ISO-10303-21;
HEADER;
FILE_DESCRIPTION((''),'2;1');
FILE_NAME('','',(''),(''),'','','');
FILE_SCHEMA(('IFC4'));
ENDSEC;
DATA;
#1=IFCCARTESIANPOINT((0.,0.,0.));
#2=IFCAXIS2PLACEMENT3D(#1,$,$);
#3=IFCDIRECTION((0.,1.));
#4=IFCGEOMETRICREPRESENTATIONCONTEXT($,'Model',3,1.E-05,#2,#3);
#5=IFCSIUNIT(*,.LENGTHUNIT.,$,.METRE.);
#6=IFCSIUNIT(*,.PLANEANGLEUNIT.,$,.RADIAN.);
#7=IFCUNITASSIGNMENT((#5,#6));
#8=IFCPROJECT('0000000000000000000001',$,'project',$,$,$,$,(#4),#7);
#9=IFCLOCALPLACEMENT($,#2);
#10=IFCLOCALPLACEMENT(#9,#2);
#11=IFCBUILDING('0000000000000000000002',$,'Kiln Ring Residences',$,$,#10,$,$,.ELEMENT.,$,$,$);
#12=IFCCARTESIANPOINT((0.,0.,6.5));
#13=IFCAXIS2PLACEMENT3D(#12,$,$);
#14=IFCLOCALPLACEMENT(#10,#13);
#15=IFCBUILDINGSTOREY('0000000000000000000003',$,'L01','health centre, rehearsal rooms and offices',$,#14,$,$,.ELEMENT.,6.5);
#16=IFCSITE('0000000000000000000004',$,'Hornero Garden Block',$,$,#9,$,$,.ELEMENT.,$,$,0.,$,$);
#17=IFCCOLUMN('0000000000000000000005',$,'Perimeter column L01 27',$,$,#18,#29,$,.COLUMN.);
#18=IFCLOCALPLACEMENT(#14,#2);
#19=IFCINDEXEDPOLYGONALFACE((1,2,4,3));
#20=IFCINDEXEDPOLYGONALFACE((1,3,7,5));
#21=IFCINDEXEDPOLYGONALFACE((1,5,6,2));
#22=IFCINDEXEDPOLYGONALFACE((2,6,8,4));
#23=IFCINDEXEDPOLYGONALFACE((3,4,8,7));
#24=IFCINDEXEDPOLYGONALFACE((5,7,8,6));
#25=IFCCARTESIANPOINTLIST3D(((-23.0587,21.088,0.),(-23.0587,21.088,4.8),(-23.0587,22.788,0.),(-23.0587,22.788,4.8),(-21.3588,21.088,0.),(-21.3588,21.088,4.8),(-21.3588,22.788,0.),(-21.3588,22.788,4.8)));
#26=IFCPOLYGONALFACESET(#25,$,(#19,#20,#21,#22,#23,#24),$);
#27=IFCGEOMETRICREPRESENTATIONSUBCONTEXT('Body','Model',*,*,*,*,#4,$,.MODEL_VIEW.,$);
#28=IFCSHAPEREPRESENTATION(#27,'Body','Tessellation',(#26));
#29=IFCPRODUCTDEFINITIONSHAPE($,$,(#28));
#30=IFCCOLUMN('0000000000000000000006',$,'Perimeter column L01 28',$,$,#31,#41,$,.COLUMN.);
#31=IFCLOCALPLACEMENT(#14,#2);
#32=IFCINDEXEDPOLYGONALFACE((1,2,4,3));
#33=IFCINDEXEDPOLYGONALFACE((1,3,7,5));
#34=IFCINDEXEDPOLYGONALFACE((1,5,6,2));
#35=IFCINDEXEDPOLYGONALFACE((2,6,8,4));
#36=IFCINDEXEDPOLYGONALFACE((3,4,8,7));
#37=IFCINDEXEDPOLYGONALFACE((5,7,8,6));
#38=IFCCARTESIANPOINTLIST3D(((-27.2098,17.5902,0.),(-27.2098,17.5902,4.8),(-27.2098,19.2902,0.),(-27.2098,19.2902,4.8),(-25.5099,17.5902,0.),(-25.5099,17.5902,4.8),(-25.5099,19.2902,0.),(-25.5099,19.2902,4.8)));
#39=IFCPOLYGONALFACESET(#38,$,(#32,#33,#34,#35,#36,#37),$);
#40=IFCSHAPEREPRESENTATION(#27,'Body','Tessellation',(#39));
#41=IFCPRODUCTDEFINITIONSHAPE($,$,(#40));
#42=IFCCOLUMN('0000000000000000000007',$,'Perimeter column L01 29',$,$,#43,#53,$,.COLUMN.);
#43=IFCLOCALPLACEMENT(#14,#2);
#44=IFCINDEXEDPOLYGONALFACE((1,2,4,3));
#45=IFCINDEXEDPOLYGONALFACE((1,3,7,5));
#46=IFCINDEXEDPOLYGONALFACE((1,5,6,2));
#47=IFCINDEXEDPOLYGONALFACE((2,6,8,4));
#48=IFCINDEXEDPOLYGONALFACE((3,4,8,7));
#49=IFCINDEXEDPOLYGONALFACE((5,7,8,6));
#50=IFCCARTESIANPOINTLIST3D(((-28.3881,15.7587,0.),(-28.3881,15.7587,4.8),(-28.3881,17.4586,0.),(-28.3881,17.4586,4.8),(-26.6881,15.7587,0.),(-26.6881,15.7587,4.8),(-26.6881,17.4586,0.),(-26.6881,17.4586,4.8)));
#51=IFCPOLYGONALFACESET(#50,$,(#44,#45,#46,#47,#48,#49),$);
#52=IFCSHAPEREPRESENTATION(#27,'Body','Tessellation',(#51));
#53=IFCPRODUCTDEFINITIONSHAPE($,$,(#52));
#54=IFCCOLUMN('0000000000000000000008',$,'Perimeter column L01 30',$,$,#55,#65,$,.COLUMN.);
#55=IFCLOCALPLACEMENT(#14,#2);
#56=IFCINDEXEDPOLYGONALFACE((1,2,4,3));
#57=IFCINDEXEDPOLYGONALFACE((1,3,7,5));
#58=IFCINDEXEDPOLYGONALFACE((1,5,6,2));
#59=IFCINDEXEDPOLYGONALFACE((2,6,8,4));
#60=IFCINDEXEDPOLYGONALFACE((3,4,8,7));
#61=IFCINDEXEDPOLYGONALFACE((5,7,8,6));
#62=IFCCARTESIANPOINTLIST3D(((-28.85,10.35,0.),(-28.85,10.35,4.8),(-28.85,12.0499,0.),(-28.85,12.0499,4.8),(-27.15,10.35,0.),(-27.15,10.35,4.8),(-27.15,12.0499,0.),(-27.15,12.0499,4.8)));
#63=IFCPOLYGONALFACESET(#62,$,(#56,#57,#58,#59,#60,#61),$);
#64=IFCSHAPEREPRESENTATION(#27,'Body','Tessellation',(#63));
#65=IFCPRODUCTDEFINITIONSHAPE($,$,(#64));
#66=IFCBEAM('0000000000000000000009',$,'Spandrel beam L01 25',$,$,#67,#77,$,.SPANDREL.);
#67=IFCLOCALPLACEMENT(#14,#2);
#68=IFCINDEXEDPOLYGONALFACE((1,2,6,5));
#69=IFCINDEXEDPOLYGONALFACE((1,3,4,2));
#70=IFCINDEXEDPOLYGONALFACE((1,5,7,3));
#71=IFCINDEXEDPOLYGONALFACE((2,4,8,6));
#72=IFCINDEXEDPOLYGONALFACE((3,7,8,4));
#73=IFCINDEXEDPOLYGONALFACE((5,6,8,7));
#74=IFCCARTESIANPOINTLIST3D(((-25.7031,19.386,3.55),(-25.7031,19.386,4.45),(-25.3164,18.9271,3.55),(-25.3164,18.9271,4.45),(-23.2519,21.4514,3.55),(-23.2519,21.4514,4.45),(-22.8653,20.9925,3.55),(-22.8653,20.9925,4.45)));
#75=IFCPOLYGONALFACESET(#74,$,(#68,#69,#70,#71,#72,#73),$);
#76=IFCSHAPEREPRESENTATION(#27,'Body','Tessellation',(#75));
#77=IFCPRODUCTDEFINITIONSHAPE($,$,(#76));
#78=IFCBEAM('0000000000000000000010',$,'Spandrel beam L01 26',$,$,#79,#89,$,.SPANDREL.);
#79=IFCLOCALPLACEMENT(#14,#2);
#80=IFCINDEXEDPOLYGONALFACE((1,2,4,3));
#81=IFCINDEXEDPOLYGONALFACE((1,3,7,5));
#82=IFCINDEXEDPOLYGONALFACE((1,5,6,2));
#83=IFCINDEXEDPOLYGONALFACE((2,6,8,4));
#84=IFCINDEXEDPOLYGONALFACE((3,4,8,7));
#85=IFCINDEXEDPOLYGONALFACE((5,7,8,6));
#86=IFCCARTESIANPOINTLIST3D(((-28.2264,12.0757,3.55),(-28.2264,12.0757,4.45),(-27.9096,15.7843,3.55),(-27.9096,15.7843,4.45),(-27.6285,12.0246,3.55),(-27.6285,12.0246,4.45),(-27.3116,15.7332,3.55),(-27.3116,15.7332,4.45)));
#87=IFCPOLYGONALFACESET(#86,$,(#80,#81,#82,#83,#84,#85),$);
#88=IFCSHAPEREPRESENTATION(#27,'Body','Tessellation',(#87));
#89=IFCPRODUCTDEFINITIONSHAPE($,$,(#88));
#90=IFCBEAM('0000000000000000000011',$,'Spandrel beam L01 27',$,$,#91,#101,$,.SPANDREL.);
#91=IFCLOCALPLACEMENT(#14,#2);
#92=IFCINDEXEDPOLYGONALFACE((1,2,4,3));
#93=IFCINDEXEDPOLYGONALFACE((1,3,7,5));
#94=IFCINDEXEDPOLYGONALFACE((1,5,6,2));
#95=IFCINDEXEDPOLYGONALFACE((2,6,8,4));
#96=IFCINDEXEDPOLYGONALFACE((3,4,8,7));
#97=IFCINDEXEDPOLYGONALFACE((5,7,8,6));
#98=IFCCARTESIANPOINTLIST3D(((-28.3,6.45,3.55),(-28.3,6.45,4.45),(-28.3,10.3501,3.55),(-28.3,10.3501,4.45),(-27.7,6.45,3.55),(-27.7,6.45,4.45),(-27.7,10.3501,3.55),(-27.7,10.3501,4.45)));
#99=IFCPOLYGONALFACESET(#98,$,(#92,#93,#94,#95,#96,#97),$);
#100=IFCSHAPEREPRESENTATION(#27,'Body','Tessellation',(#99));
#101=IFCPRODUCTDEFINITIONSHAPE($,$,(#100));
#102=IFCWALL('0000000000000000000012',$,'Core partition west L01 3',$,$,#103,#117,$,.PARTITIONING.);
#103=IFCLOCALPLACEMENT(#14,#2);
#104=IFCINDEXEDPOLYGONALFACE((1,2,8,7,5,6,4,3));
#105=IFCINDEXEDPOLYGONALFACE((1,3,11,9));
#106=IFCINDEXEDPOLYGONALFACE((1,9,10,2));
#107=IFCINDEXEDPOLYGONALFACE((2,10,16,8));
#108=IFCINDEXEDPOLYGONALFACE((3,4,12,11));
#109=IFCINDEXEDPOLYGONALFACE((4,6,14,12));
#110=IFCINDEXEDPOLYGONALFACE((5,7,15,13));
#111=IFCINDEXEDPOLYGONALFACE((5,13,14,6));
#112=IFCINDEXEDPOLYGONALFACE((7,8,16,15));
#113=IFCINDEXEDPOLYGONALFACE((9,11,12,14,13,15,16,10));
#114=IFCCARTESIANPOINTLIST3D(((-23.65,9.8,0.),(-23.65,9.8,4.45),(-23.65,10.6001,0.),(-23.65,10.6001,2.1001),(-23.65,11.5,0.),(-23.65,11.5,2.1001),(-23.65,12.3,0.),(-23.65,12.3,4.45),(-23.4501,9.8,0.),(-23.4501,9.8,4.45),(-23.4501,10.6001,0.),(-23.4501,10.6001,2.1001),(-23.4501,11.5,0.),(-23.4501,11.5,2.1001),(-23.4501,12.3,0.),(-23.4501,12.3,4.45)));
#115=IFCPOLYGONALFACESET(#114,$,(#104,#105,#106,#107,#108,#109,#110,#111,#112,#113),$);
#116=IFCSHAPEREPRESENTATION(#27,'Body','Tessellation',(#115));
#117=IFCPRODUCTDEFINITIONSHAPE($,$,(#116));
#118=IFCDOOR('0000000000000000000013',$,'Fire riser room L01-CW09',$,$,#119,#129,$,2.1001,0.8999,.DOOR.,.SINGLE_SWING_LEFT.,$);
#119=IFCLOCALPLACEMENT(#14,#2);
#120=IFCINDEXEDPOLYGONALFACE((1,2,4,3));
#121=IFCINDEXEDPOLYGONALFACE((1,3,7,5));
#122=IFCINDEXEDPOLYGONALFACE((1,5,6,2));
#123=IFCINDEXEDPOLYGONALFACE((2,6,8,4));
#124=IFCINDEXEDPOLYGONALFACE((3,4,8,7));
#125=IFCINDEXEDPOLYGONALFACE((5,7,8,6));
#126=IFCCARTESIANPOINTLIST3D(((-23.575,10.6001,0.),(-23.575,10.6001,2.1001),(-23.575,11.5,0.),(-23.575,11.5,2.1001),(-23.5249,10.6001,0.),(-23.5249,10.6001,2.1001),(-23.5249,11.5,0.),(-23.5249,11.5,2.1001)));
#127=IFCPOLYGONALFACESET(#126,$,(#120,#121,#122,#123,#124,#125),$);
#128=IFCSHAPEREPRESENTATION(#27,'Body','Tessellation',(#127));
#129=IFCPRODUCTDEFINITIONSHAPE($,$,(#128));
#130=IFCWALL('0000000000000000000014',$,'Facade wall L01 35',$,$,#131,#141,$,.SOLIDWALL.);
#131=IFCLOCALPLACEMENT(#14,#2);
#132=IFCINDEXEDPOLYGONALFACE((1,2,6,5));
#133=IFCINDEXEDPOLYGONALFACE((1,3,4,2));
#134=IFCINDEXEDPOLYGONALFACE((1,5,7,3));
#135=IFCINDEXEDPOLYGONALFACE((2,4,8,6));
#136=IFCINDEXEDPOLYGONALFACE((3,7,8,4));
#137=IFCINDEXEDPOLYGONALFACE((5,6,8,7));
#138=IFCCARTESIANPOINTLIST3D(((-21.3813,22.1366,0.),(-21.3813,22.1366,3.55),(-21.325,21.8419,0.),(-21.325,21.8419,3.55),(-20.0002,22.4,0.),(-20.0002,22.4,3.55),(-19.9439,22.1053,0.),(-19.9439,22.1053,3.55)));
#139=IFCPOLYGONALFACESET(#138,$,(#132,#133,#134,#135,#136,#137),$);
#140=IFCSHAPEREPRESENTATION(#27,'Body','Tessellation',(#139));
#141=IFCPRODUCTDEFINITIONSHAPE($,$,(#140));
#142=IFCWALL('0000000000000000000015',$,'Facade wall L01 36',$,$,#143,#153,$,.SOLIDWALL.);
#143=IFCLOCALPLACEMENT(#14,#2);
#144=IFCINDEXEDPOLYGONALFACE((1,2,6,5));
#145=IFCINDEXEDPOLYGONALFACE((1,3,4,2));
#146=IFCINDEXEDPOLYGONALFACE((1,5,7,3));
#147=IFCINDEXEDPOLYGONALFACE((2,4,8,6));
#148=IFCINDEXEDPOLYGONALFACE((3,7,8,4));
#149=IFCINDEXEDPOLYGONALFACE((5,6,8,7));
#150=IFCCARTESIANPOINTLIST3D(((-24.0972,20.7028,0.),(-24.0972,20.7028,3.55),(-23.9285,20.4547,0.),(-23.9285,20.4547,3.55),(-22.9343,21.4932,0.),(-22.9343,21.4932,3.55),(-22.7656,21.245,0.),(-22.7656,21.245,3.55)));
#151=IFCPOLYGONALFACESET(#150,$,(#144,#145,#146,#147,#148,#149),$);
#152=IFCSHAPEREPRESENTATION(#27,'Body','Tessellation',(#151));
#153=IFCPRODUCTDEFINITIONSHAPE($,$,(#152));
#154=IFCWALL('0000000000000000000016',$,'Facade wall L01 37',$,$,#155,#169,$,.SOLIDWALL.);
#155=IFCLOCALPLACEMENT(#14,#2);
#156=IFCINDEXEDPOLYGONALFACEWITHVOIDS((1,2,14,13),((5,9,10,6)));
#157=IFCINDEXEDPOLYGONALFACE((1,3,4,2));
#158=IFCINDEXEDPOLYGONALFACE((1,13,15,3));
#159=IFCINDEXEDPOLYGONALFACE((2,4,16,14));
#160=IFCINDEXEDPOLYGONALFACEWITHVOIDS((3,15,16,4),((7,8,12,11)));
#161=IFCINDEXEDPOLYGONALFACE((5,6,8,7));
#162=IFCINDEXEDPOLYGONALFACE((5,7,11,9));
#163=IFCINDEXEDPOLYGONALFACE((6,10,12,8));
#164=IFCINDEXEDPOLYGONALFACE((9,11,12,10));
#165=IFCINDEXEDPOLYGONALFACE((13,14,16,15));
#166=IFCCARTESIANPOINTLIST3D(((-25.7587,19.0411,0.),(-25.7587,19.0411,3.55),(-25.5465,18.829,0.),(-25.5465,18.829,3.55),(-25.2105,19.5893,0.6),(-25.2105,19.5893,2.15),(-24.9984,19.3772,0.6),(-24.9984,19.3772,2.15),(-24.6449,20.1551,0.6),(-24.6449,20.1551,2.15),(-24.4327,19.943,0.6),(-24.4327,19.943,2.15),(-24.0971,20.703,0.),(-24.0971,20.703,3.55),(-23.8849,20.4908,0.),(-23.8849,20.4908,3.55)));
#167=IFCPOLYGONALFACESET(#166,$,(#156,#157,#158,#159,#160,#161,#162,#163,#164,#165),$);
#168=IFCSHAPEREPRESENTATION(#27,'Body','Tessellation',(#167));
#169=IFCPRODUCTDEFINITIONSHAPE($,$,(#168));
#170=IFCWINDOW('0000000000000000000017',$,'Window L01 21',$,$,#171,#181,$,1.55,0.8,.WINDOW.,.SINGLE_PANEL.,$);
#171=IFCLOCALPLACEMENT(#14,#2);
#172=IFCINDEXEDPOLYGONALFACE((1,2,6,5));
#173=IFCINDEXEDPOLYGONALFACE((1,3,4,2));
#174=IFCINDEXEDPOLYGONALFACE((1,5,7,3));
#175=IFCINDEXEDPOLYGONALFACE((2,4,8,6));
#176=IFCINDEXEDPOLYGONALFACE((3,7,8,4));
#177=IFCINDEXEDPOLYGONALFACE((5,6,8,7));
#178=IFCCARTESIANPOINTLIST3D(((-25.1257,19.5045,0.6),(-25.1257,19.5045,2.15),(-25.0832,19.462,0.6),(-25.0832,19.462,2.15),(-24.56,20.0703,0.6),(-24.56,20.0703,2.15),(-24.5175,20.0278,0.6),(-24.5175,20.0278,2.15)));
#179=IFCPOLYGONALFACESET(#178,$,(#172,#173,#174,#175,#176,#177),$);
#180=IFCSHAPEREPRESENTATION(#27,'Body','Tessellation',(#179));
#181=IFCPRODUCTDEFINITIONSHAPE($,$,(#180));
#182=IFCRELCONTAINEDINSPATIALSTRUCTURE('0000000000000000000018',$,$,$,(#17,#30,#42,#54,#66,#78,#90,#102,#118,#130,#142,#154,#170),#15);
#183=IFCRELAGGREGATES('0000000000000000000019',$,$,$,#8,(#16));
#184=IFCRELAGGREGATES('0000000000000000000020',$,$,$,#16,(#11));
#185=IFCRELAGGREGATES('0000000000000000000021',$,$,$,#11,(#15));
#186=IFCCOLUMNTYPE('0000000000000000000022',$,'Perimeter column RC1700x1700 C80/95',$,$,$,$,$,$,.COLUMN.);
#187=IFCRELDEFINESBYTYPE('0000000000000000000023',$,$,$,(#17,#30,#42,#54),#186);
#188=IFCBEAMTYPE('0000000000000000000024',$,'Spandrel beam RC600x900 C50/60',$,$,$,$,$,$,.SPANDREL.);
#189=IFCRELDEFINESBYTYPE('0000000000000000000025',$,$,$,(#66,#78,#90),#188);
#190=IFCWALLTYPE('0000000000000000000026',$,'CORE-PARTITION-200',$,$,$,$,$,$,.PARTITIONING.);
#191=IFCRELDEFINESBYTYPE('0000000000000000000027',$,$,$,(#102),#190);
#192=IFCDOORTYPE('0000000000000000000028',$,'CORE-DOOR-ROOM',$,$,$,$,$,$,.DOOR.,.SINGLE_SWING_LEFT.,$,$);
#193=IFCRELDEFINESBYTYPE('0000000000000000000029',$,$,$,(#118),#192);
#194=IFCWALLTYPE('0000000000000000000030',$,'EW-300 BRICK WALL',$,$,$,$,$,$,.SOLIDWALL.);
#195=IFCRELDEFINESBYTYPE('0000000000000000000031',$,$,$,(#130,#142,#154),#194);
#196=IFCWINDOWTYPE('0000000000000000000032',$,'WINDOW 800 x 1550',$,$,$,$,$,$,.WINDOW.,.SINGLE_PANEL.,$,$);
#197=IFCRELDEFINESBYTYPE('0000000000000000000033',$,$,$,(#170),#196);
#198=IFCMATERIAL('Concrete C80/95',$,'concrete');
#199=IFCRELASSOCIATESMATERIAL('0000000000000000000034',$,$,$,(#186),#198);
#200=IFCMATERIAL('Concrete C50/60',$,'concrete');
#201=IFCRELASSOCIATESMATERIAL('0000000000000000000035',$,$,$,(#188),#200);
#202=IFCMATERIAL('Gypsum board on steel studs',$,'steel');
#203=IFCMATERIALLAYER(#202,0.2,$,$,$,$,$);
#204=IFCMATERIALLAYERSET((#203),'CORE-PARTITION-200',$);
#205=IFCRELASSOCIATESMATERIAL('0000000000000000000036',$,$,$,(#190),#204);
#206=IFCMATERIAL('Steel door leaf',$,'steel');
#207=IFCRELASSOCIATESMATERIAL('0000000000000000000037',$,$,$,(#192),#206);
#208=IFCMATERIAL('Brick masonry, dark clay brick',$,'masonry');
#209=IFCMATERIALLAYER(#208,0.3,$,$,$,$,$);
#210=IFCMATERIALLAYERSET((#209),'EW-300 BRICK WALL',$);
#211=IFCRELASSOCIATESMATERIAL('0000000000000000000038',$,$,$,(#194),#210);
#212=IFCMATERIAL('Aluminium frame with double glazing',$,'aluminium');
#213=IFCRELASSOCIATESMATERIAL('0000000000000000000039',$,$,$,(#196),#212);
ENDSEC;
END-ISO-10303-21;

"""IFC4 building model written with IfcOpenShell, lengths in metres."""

from ifc_helpers import new_model, si_unit, direction, frame, frame_2d, origin, origin_2d, place, context, subcontext, project, spatial, rectangle, extrude, material, layer, layer_set, material_profile, profile_set, type_object, element, fill, save


model = new_model("IFC4")

# Units and contexts
model_context = context("Model", 3, precision=1e-05, world=origin(), true_north=direction((0.0, 1.0)))
body_context = subcontext(model_context, "Body", "Model", "MODEL_VIEW")
ifc_project = project(units=[si_unit("LENGTHUNIT", "METRE"), si_unit("PLANEANGLEUNIT", "RADIAN")], contexts=[model_context])

# Site, building, storey
site_placement = place(None, origin())
site = spatial("IfcSite", under=ifc_project, at=site_placement, Name="Hornero Garden Block", CompositionType="ELEMENT", RefElevation=0.0)
building_placement = place(site_placement, origin())
building = spatial("IfcBuilding", under=site, at=building_placement, Name="Kiln Ring Residences", CompositionType="ELEMENT")
storey_placement = place(building_placement, frame((0.0, 0.0, 6.5)))
storey = spatial("IfcBuildingStorey", under=building, at=storey_placement, Name="L01", Description="health centre, rehearsal rooms and offices", CompositionType="ELEMENT", Elevation=6.5)

# Columns
ifc_material_1 = material(Name="Concrete C80/95", Category="concrete")
ifc_material_profile_1 = material_profile(ifc_material_1, rectangle(XDim=1.7, YDim=1.7, at=origin_2d()), Name="RC1700x1700")
ifc_profile_set_1 = profile_set([ifc_material_profile_1], Name="Concrete C80/95")
column_type = type_object("IfcColumnType", Name="Perimeter column RC1700x1700 C80/95", PredefinedType="COLUMN", material=ifc_profile_set_1)
for number, where, z_axis, x_axis, name in (
    (1, (-22.2087, 21.938, 0.0), (0.0, 0.0, 1.0), (1.0, 0.0, 0.0), "Perimeter column L01 27"),
    (2, (-26.3599, 18.4402, 0.0), (0.0, 0.0, 1.0), (1.0, 0.0, 0.0), "Perimeter column L01 28"),
    (3, (-27.5381, 16.6086, 0.0), (0.0, 0.0, 1.0), (1.0, 0.0, 0.0), "Perimeter column L01 29"),
    (4, (-28.0, 11.2, 0.0), (0.0, 0.0, 1.0), (1.0, 0.0, 0.0), "Perimeter column L01 30"),
):
    element("IfcColumn", number, at=place(storey_placement, frame(where, z_axis=z_axis, x_axis=x_axis)), inside=storey, type_object=column_type, Name=name, PredefinedType="COLUMN", context=body_context, shape_type="SweptSolid", body=[
        extrude(rectangle(XDim=1.7, YDim=1.7, at=origin_2d()), origin(), (0.0, 0.0, 1.0), 4.8),
    ])

# Beams
ifc_material_2 = material(Name="Concrete C50/60", Category="concrete")
ifc_material_profile_2 = material_profile(ifc_material_2, rectangle(XDim=0.6001, YDim=0.8999, at=origin_2d()), Name="RC600x900")
ifc_profile_set_2 = profile_set([ifc_material_profile_2], Name="Concrete C50/60")
beam_type = type_object("IfcBeamType", Name="Spandrel beam RC600x900 C50/60", PredefinedType="SPANDREL", material=ifc_profile_set_2)
beam_1_placement = place(storey_placement, frame((-23.0586, 21.2219, 4.0), z_axis=(-0.764714, -0.64437, 0.0), x_axis=(0.64437, -0.764714, 0.0)))
element("IfcBeam", 5, at=beam_1_placement, inside=storey, type_object=beam_type, Name="Spandrel beam L01 25", PredefinedType="SPANDREL", context=body_context, shape_type="SweptSolid", body=[
    extrude(rectangle(XDim=0.6001, YDim=0.8999, at=origin_2d()), origin(), (0.0, 0.0, 1.0), 3.2053),
])
beam_2_placement = place(storey_placement, frame((-27.6106, 15.7588, 4.0), z_axis=(-0.085135, -0.996369, 0.0), x_axis=(0.996369, -0.085135, 0.0)))
element("IfcBeam", 6, at=beam_2_placement, inside=storey, type_object=beam_type, Name="Spandrel beam L01 26", PredefinedType="SPANDREL", context=body_context, shape_type="SweptSolid", body=[
    extrude(rectangle(XDim=0.6001, YDim=0.8999, at=origin_2d()), origin(), (0.0, 0.0, 1.0), 3.7222),
])
beam_3_placement = place(storey_placement, frame((-28.0, 10.3501, 4.0), z_axis=(0.0, -1.0, 0.0), x_axis=(1.0, 0.0, 0.0)))
element("IfcBeam", 7, at=beam_3_placement, inside=storey, type_object=beam_type, Name="Spandrel beam L01 27", PredefinedType="SPANDREL", context=body_context, shape_type="SweptSolid", body=[
    extrude(rectangle(XDim=0.6001, YDim=0.8999, at=origin_2d()), origin(), (0.0, 0.0, 1.0), 3.9001),
])

# Wall, opening, door
ifc_material_3 = material(Name="Gypsum board on steel studs", Category="steel")
ifc_layer_1 = layer(ifc_material_3, 0.2)
ifc_layer_set_1 = layer_set([ifc_layer_1], Name="CORE-PARTITION-200")
wall_type_1 = type_object("IfcWallType", Name="CORE-PARTITION-200", PredefinedType="PARTITIONING", material=ifc_layer_set_1)
wall_1_placement = place(storey_placement, frame((-23.55, 9.8, 0.0), z_axis=(0.0, 0.0, 1.0), x_axis=(0.0, 1.0, 0.0)))
wall_1 = element("IfcWall", 8, at=wall_1_placement, inside=storey, type_object=wall_type_1, Name="Core partition west L01 3", PredefinedType="PARTITIONING", context=body_context, shape_type="SweptSolid", body=[
    extrude(rectangle(XDim=2.5, YDim=0.2, at=frame_2d((1.25, 0.0))), origin(), (0.0, 0.0, 1.0), 4.45),
])
opening_1_placement = place(wall_1_placement, frame((0.8, 0.0, 0.0)))
opening_1 = element("IfcOpeningElement", 9, at=opening_1_placement, cuts=wall_1, PredefinedType="OPENING", context=body_context, shape_type="SweptSolid", body=[
    extrude(rectangle(XDim=0.8999, YDim=2.1001, at=frame_2d((0.45, 1.05))), frame((0.0, 0.1099, 0.0), z_axis=(0.0, -1.0, 0.0), x_axis=(1.0, 0.0, 0.0)), (0.0, 0.0, 1.0), 0.22),
])
ifc_material_4 = material(Name="Steel door leaf", Category="steel")
door_type_1 = type_object("IfcDoorType", Name="CORE-DOOR-ROOM", OperationType="SINGLE_SWING_LEFT", PredefinedType="DOOR", material=ifc_material_4)
door_1_placement = place(opening_1_placement, origin())
door_1 = element("IfcDoor", 10, at=door_1_placement, inside=storey, type_object=door_type_1, Name="Fire riser room L01-CW09", OperationType="SINGLE_SWING_LEFT", OverallHeight=2.1001, OverallWidth=0.8999, PredefinedType="DOOR", context=body_context, shape_type="SweptSolid", body=[
    extrude(rectangle(XDim=0.8999, YDim=2.1001, at=frame_2d((0.45, 1.05))), frame((0.0, 0.0249, 0.0), z_axis=(0.0, -1.0, 0.0), x_axis=(1.0, 0.0, 0.0)), (0.0, 0.0, 1.0), 0.05),
])
fill(opening_1, door_1)

# Walls
ifc_material_5 = material(Name="Brick masonry, dark clay brick", Category="masonry")
ifc_layer_2 = layer(ifc_material_5, 0.3)
ifc_layer_set_2 = layer_set([ifc_layer_2], Name="EW-300 BRICK WALL")
wall_type_2 = type_object("IfcWallType", Name="EW-300 BRICK WALL", PredefinedType="SOLIDWALL", material=ifc_layer_set_2)
for number, where, z_axis, x_axis, name in (
    (11, (-19.9719, 22.2527, 0.0), (0.0, 0.0, 1.0), (-0.982291, -0.187359, 0.0), "Facade wall L01 35"),
    (12, (-22.8499, 21.3691, 0.0), (0.0, 0.0, 1.0), (-0.827075, -0.562092, 0.0), "Facade wall L01 36"),
):
    element("IfcWall", number, at=place(storey_placement, frame(where, z_axis=z_axis, x_axis=x_axis)), inside=storey, type_object=wall_type_2, Name=name, PredefinedType="SOLIDWALL", context=body_context, shape_type="SweptSolid", body=[
        extrude(rectangle(XDim=1.406, YDim=0.3, at=frame_2d((0.7031, 0.0))), origin(), (0.0, 0.0, 1.0), 3.55),
    ])

# Wall, opening, window
wall_2_placement = place(storey_placement, frame((-23.991, 20.5969, 0.0), z_axis=(0.0, 0.0, 1.0), x_axis=(-0.707055, -0.707159, 0.0)))
wall_2 = element("IfcWall", 13, at=wall_2_placement, inside=storey, type_object=wall_type_2, Name="Facade wall L01 37", PredefinedType="SOLIDWALL", context=body_context, shape_type="SweptSolid", body=[
    extrude(rectangle(XDim=2.3501, YDim=0.3, at=frame_2d((1.175, 0.0))), origin(), (0.0, 0.0, 1.0), 3.55),
])
opening_2_placement = place(wall_2_placement, frame((0.7749, 0.0, 0.6001)))
opening_2 = element("IfcOpeningElement", 14, at=opening_2_placement, cuts=wall_2, PredefinedType="OPENING", context=body_context, shape_type="SweptSolid", body=[
    extrude(rectangle(XDim=0.8, YDim=1.55, at=frame_2d((0.3999, 0.7749))), frame((0.0, 0.1599, 0.0), z_axis=(0.0, -1.0, 0.0), x_axis=(1.0, 0.0, 0.0)), (0.0, 0.0, 1.0), 0.3201),
])
ifc_material_6 = material(Name="Aluminium frame with double glazing", Category="aluminium")
window_type = type_object("IfcWindowType", Name="WINDOW 800 x 1550", PartitioningType="SINGLE_PANEL", PredefinedType="WINDOW", material=ifc_material_6)
window_placement = place(opening_2_placement, origin())
window = element("IfcWindow", 15, at=window_placement, inside=storey, type_object=window_type, Name="Window L01 21", OverallHeight=1.55, OverallWidth=0.8, PartitioningType="SINGLE_PANEL", PredefinedType="WINDOW", context=body_context, shape_type="SweptSolid", body=[
    extrude(rectangle(XDim=0.8, YDim=1.55, at=frame_2d((0.3999, 0.7749))), frame((0.0, 0.03, 0.0), z_axis=(0.0, -1.0, 0.0), x_axis=(1.0, 0.0, 0.0)), (0.0, 0.0, 1.0), 0.0601),
])
fill(opening_2, window)

save(model, "model.ifc")
